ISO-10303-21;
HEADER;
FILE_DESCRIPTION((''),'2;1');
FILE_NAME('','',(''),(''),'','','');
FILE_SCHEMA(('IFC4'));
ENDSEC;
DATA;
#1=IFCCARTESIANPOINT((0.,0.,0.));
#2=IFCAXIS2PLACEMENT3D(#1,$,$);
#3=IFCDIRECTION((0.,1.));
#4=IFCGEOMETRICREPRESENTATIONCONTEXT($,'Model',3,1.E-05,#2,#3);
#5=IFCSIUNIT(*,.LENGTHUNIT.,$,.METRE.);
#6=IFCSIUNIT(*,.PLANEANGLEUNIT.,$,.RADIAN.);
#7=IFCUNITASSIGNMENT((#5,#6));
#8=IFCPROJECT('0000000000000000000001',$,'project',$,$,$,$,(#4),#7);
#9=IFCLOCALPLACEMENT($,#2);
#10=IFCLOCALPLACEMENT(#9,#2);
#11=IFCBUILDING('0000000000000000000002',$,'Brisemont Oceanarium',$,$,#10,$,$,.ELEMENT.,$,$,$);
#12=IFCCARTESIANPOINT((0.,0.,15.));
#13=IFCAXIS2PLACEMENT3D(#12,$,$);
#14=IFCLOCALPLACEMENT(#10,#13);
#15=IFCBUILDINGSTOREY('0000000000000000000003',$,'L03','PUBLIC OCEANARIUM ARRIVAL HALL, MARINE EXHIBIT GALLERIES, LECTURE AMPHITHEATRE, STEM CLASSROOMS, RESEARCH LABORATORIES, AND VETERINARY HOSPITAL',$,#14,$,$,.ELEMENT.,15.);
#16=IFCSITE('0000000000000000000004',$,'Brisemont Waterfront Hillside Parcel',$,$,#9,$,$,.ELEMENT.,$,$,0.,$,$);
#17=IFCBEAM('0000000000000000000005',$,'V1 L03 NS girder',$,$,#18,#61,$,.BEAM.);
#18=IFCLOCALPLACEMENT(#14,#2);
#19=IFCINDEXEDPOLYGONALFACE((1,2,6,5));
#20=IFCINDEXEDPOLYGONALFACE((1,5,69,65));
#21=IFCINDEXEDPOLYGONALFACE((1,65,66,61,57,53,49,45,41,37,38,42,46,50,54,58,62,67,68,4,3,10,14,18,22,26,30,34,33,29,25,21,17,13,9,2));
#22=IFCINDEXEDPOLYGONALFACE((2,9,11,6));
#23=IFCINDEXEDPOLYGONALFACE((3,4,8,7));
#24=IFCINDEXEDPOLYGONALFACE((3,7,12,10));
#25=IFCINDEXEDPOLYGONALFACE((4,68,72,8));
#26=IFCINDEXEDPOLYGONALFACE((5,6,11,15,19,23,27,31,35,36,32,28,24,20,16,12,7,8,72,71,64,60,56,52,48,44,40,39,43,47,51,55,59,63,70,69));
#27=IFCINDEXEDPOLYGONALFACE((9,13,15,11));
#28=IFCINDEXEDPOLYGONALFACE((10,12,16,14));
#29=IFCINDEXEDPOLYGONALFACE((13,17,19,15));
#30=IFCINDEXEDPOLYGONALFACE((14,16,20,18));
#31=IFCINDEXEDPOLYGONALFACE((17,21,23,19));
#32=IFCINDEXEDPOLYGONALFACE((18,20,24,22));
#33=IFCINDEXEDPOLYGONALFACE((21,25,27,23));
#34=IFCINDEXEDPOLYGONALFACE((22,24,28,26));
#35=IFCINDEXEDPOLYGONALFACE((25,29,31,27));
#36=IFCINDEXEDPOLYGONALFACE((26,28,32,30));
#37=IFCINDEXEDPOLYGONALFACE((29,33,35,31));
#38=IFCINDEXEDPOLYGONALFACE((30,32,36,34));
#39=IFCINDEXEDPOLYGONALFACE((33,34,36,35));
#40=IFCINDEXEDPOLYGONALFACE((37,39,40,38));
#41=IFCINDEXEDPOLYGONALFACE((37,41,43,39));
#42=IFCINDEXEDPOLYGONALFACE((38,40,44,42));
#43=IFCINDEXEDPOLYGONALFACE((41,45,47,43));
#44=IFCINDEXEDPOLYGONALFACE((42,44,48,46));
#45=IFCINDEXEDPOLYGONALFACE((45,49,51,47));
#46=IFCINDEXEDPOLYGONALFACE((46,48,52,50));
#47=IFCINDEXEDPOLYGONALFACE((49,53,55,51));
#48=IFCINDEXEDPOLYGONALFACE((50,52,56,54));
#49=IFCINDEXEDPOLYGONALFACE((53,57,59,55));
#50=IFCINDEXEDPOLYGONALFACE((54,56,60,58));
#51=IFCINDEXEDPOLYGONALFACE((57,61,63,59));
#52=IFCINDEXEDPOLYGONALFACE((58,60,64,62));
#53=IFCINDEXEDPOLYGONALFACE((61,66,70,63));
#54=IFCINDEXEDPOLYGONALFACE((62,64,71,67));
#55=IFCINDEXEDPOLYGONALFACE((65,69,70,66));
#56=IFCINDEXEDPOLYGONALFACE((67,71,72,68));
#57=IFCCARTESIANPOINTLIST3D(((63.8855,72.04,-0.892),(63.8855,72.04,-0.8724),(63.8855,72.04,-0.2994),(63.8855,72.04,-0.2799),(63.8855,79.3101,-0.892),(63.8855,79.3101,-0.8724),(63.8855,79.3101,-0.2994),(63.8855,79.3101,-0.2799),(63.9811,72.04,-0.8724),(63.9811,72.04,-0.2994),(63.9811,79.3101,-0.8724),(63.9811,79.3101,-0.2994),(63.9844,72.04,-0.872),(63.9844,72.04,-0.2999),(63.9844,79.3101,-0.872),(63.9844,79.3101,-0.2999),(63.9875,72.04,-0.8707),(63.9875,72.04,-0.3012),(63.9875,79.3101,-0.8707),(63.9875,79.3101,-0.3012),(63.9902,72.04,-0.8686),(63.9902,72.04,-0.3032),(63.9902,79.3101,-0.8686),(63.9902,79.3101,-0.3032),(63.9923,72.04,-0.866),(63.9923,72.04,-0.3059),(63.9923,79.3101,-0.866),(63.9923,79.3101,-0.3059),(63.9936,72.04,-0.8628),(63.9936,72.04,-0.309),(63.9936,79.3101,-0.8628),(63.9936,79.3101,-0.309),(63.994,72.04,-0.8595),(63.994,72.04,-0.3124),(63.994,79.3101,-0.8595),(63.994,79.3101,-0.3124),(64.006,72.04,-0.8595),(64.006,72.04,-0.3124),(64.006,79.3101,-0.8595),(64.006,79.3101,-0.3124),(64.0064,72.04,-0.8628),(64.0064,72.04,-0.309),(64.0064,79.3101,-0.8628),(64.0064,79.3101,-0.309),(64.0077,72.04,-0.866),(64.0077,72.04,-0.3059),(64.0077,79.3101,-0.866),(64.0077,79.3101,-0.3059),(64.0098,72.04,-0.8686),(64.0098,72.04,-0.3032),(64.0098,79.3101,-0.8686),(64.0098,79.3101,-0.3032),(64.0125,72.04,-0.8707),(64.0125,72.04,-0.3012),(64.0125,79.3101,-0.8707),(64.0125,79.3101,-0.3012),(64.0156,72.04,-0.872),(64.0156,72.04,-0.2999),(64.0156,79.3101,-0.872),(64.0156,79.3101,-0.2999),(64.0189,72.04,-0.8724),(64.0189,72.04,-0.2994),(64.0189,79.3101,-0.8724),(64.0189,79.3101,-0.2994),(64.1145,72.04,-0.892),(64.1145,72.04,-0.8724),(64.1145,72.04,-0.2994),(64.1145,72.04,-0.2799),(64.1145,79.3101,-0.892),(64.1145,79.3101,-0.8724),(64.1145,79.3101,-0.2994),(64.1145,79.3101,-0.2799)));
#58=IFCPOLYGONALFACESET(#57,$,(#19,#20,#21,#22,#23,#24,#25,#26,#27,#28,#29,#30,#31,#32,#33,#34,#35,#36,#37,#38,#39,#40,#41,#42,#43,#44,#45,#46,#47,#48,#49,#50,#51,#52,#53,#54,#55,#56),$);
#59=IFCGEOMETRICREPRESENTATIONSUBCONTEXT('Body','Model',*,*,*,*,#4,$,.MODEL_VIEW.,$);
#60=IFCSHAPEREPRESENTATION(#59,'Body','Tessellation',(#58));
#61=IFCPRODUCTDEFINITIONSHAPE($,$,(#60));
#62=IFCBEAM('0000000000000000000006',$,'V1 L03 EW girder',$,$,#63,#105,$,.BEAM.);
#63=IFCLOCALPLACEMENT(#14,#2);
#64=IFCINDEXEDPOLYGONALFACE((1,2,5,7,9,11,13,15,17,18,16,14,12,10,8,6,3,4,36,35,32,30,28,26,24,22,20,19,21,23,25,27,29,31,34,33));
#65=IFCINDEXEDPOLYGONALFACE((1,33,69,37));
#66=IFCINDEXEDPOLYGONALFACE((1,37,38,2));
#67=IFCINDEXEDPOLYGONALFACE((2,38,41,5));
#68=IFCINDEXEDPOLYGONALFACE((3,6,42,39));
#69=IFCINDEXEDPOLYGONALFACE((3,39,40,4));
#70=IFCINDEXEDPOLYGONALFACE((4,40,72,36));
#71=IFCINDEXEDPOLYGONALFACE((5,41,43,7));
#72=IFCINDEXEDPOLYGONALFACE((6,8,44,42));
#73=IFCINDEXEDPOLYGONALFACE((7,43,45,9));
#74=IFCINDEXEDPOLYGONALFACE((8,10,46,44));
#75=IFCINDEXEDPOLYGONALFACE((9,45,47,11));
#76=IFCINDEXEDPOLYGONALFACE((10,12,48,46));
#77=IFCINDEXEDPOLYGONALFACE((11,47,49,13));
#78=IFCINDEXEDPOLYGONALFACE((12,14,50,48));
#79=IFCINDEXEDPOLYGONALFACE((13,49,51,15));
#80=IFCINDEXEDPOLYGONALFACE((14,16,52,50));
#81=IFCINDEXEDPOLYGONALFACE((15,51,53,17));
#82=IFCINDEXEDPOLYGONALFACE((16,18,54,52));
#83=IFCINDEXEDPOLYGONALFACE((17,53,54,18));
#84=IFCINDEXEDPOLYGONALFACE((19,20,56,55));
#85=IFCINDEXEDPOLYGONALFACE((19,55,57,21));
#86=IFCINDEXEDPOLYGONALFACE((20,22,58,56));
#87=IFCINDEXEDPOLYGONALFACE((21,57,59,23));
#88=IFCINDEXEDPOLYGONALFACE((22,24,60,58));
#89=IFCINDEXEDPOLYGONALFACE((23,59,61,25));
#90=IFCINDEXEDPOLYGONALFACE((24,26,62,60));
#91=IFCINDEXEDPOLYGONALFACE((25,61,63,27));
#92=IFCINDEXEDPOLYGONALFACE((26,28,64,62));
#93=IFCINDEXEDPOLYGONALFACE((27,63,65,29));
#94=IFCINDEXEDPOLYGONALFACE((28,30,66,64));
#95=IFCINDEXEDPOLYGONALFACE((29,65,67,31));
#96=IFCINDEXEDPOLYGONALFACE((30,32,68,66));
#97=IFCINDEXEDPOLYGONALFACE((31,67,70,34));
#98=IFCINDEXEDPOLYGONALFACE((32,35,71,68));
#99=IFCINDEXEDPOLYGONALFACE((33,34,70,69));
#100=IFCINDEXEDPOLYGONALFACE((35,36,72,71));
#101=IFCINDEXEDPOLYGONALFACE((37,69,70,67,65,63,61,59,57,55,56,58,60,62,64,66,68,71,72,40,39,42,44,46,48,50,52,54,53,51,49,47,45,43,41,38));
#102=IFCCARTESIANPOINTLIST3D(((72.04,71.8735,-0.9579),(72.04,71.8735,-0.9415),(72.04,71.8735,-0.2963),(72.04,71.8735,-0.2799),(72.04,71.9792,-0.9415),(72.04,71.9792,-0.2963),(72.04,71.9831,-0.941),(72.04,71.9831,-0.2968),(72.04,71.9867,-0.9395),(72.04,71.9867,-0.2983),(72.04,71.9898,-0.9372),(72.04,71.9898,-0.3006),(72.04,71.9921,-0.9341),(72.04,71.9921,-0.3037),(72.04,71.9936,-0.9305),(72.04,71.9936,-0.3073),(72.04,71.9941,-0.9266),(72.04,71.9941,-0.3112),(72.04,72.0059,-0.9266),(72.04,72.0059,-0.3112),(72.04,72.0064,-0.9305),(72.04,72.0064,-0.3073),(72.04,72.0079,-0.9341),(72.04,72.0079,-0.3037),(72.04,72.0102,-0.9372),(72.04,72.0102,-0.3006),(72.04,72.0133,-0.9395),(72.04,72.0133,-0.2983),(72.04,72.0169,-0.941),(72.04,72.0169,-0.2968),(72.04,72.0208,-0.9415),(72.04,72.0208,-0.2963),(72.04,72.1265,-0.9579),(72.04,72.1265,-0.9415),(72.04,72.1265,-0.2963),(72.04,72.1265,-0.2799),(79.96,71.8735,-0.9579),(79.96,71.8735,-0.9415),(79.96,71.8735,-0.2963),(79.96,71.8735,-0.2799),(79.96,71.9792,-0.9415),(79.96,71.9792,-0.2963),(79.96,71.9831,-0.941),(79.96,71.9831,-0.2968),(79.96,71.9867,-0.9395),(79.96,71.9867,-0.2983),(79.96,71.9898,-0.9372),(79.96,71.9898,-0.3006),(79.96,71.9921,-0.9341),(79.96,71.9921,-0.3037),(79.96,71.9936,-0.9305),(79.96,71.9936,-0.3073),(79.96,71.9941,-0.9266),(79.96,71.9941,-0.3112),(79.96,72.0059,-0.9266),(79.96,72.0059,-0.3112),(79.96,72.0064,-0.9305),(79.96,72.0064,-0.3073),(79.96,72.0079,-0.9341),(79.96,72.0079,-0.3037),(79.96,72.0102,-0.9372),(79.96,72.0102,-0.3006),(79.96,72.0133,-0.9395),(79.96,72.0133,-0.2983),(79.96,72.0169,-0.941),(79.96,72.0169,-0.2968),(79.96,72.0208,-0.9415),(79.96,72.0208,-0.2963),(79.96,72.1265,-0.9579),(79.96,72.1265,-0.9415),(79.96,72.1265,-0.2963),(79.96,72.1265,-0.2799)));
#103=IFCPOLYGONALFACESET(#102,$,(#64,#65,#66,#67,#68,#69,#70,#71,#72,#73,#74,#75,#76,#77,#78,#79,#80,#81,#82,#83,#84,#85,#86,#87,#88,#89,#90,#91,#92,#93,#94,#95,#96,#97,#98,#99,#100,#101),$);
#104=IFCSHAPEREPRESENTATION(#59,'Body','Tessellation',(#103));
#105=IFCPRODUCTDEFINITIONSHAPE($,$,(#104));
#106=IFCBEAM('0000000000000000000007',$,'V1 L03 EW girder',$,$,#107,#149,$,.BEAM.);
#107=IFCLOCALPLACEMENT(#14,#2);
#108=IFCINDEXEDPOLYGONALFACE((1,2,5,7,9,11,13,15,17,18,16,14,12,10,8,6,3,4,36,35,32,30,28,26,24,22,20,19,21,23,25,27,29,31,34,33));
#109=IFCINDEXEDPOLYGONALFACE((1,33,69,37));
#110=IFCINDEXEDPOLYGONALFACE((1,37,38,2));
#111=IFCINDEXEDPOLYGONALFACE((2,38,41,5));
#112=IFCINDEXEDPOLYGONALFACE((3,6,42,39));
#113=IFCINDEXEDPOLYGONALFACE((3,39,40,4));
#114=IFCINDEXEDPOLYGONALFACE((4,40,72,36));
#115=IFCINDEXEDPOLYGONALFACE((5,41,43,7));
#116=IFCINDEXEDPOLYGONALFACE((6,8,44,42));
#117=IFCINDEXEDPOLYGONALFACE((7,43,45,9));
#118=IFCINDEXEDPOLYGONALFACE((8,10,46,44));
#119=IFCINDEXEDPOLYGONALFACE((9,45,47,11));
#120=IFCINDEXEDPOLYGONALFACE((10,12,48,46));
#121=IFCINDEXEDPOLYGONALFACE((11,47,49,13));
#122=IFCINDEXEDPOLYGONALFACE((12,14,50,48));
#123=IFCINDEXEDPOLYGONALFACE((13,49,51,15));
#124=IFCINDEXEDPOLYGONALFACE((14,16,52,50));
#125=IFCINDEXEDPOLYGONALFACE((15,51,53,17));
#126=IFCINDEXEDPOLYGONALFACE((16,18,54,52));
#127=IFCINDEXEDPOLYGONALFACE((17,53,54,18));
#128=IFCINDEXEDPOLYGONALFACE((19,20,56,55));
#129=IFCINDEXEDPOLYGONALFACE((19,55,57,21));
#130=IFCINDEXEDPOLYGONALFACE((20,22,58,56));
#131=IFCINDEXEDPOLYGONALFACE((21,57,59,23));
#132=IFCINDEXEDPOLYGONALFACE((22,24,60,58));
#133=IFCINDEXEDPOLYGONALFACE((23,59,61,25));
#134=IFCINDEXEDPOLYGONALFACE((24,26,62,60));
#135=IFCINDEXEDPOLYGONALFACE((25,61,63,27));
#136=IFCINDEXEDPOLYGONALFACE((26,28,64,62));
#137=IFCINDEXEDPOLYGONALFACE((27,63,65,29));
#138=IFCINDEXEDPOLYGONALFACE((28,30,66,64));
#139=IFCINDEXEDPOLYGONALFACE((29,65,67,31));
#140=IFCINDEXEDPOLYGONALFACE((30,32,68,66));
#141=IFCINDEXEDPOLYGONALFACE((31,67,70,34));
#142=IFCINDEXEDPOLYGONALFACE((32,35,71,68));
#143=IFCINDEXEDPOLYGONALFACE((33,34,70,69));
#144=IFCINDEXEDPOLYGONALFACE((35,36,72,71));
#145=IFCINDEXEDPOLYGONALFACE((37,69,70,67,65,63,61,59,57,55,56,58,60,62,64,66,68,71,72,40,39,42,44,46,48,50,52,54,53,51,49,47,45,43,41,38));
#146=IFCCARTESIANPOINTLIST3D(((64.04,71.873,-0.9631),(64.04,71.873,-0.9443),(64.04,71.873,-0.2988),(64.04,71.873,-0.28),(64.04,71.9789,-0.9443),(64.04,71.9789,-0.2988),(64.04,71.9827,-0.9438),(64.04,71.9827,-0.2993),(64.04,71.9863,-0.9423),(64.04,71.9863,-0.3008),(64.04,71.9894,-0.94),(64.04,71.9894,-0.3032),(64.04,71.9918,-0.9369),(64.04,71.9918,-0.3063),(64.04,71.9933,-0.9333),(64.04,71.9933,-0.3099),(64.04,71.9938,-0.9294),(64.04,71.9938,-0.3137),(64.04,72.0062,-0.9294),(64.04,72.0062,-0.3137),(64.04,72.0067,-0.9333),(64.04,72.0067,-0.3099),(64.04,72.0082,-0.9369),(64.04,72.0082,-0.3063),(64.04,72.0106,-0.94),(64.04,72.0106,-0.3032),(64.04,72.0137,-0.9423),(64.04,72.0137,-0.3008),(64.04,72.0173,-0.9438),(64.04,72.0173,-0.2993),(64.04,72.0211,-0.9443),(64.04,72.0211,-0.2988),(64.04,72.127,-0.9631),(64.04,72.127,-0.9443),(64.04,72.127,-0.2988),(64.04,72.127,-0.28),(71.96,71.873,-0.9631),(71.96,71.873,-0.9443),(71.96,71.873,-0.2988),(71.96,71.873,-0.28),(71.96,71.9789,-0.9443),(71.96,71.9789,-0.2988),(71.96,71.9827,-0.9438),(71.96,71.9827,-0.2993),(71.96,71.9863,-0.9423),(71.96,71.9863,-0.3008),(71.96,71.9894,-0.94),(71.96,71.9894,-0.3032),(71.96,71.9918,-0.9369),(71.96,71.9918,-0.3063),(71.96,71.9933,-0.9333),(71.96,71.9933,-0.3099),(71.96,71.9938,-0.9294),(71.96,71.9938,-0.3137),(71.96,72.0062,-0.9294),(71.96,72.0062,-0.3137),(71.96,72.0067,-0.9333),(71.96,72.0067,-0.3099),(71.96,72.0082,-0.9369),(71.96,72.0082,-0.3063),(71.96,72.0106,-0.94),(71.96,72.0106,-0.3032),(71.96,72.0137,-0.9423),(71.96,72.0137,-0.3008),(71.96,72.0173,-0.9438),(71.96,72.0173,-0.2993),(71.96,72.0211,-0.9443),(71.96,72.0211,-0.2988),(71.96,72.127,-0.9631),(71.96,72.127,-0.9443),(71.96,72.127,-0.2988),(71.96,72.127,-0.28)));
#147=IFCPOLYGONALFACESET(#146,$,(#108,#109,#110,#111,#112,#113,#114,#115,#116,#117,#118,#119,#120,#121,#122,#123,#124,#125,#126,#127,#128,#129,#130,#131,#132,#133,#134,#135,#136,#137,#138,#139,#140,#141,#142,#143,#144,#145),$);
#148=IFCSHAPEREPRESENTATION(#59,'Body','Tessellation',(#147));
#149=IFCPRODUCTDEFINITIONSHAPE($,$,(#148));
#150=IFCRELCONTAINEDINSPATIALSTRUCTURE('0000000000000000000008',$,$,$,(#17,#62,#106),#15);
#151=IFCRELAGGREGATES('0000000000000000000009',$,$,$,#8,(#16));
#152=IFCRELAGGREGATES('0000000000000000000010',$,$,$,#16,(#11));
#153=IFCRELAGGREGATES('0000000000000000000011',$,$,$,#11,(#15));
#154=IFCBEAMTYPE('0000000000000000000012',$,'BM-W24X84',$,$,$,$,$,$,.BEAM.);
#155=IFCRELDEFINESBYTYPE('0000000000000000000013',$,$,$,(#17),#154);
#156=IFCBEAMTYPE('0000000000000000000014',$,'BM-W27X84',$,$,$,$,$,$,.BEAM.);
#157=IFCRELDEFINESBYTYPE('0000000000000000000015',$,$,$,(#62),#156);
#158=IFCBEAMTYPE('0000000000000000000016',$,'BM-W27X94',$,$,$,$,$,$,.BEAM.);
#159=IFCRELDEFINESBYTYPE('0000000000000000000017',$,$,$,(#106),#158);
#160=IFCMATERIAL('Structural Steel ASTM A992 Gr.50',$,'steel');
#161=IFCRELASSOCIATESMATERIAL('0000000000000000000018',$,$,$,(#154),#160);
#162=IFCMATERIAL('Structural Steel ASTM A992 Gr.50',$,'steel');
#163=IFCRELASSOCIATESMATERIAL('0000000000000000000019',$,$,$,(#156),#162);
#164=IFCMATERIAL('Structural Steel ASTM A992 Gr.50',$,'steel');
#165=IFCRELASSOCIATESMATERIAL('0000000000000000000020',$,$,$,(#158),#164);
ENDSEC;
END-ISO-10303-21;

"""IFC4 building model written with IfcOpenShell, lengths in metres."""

from ifc_helpers import new_model, si_unit, direction, frame, origin, origin_2d, place, context, subcontext, project, spatial, i_section, extrude, material, material_profile, profile_set, type_object, element, save


model = new_model("IFC4")

# Units and contexts
model_context = context("Model", 3, precision=1e-05, world=origin(), true_north=direction((0.0, 1.0)))
body_context = subcontext(model_context, "Body", "Model", "MODEL_VIEW")
ifc_project = project(units=[si_unit("LENGTHUNIT", "METRE"), si_unit("PLANEANGLEUNIT", "RADIAN")], contexts=[model_context])

# Site, building, storey
site_placement = place(None, origin())
site = spatial("IfcSite", under=ifc_project, at=site_placement, Name="Brisemont Waterfront Hillside Parcel", CompositionType="ELEMENT", RefElevation=0.0)
building_placement = place(site_placement, origin())
building = spatial("IfcBuilding", under=site, at=building_placement, Name="Brisemont Oceanarium", CompositionType="ELEMENT")
storey_placement = place(building_placement, frame((0.0, 0.0, 15.0)))
storey = spatial("IfcBuildingStorey", under=building, at=storey_placement, Name="L03", Description="PUBLIC OCEANARIUM ARRIVAL HALL, MARINE EXHIBIT GALLERIES, LECTURE AMPHITHEATRE, STEM CLASSROOMS, RESEARCH LABORATORIES, AND VETERINARY HOSPITAL", CompositionType="ELEMENT", Elevation=15.0)

# Beams
ifc_material_1 = material(Name="Structural Steel ASTM A992 Gr.50", Category="steel")
ifc_material_profile_1 = material_profile(ifc_material_1, i_section(OverallWidth=0.229, OverallDepth=0.6121, WebThickness=0.012, FlangeThickness=0.0195, FilletRadius=0.0129, at=origin_2d()), Name="W24X84")
ifc_profile_set_1 = profile_set([ifc_material_profile_1], Name="Structural Steel ASTM A992 Gr.50")
beam_type_1 = type_object("IfcBeamType", Name="BM-W24X84", PredefinedType="BEAM", material=ifc_profile_set_1)
beam_1_placement = place(storey_placement, frame((64.0, 72.04, -0.5859), z_axis=(0.0, 1.0, 0.0), x_axis=(-1.0, 0.0, 0.0)))
element("IfcBeam", 1, at=beam_1_placement, inside=storey, type_object=beam_type_1, Name="V1 L03 NS girder", PredefinedType="BEAM", context=body_context, shape_type="SweptSolid", body=[
    extrude(i_section(OverallWidth=0.229, OverallDepth=0.6121, WebThickness=0.012, FlangeThickness=0.0195, FilletRadius=0.0129, at=origin_2d()), origin(), (0.0, 0.0, 1.0), 7.27),
])
ifc_material_2 = material(Name="Structural Steel ASTM A992 Gr.50", Category="steel")
ifc_material_profile_2 = material_profile(ifc_material_2, i_section(OverallWidth=0.2529, OverallDepth=0.678, WebThickness=0.0117, FlangeThickness=0.0164, FilletRadius=0.0149, at=origin_2d()), Name="W27X84")
ifc_profile_set_2 = profile_set([ifc_material_profile_2], Name="Structural Steel ASTM A992 Gr.50")
beam_type_2 = type_object("IfcBeamType", Name="BM-W27X84", PredefinedType="BEAM", material=ifc_profile_set_2)
beam_2_placement = place(storey_placement, frame((72.04, 72.0, -0.6189), z_axis=(1.0, 0.0, 0.0), x_axis=(0.0, 1.0, 0.0)))
element("IfcBeam", 2, at=beam_2_placement, inside=storey, type_object=beam_type_2, Name="V1 L03 EW girder", PredefinedType="BEAM", context=body_context, shape_type="SweptSolid", body=[
    extrude(i_section(OverallWidth=0.2529, OverallDepth=0.678, WebThickness=0.0117, FlangeThickness=0.0164, FilletRadius=0.0149, at=origin_2d()), origin(), (0.0, 0.0, 1.0), 7.9199),
])
ifc_material_3 = material(Name="Structural Steel ASTM A992 Gr.50", Category="steel")
ifc_material_profile_3 = material_profile(ifc_material_3, i_section(OverallWidth=0.2539, OverallDepth=0.6831, WebThickness=0.0125, FlangeThickness=0.0188, FilletRadius=0.0149, at=origin_2d()), Name="W27X94")
ifc_profile_set_3 = profile_set([ifc_material_profile_3], Name="Structural Steel ASTM A992 Gr.50")
beam_type_3 = type_object("IfcBeamType", Name="BM-W27X94", PredefinedType="BEAM", material=ifc_profile_set_3)
beam_3_placement = place(storey_placement, frame((64.04, 72.0, -0.6216), z_axis=(1.0, 0.0, 0.0), x_axis=(0.0, 1.0, 0.0)))
element("IfcBeam", 3, at=beam_3_placement, inside=storey, type_object=beam_type_3, Name="V1 L03 EW girder", PredefinedType="BEAM", context=body_context, shape_type="SweptSolid", body=[
    extrude(i_section(OverallWidth=0.2539, OverallDepth=0.6831, WebThickness=0.0125, FlangeThickness=0.0188, FilletRadius=0.0149, at=origin_2d()), origin(), (0.0, 0.0, 1.0), 7.9199),
])

save(model, "model.ifc")
